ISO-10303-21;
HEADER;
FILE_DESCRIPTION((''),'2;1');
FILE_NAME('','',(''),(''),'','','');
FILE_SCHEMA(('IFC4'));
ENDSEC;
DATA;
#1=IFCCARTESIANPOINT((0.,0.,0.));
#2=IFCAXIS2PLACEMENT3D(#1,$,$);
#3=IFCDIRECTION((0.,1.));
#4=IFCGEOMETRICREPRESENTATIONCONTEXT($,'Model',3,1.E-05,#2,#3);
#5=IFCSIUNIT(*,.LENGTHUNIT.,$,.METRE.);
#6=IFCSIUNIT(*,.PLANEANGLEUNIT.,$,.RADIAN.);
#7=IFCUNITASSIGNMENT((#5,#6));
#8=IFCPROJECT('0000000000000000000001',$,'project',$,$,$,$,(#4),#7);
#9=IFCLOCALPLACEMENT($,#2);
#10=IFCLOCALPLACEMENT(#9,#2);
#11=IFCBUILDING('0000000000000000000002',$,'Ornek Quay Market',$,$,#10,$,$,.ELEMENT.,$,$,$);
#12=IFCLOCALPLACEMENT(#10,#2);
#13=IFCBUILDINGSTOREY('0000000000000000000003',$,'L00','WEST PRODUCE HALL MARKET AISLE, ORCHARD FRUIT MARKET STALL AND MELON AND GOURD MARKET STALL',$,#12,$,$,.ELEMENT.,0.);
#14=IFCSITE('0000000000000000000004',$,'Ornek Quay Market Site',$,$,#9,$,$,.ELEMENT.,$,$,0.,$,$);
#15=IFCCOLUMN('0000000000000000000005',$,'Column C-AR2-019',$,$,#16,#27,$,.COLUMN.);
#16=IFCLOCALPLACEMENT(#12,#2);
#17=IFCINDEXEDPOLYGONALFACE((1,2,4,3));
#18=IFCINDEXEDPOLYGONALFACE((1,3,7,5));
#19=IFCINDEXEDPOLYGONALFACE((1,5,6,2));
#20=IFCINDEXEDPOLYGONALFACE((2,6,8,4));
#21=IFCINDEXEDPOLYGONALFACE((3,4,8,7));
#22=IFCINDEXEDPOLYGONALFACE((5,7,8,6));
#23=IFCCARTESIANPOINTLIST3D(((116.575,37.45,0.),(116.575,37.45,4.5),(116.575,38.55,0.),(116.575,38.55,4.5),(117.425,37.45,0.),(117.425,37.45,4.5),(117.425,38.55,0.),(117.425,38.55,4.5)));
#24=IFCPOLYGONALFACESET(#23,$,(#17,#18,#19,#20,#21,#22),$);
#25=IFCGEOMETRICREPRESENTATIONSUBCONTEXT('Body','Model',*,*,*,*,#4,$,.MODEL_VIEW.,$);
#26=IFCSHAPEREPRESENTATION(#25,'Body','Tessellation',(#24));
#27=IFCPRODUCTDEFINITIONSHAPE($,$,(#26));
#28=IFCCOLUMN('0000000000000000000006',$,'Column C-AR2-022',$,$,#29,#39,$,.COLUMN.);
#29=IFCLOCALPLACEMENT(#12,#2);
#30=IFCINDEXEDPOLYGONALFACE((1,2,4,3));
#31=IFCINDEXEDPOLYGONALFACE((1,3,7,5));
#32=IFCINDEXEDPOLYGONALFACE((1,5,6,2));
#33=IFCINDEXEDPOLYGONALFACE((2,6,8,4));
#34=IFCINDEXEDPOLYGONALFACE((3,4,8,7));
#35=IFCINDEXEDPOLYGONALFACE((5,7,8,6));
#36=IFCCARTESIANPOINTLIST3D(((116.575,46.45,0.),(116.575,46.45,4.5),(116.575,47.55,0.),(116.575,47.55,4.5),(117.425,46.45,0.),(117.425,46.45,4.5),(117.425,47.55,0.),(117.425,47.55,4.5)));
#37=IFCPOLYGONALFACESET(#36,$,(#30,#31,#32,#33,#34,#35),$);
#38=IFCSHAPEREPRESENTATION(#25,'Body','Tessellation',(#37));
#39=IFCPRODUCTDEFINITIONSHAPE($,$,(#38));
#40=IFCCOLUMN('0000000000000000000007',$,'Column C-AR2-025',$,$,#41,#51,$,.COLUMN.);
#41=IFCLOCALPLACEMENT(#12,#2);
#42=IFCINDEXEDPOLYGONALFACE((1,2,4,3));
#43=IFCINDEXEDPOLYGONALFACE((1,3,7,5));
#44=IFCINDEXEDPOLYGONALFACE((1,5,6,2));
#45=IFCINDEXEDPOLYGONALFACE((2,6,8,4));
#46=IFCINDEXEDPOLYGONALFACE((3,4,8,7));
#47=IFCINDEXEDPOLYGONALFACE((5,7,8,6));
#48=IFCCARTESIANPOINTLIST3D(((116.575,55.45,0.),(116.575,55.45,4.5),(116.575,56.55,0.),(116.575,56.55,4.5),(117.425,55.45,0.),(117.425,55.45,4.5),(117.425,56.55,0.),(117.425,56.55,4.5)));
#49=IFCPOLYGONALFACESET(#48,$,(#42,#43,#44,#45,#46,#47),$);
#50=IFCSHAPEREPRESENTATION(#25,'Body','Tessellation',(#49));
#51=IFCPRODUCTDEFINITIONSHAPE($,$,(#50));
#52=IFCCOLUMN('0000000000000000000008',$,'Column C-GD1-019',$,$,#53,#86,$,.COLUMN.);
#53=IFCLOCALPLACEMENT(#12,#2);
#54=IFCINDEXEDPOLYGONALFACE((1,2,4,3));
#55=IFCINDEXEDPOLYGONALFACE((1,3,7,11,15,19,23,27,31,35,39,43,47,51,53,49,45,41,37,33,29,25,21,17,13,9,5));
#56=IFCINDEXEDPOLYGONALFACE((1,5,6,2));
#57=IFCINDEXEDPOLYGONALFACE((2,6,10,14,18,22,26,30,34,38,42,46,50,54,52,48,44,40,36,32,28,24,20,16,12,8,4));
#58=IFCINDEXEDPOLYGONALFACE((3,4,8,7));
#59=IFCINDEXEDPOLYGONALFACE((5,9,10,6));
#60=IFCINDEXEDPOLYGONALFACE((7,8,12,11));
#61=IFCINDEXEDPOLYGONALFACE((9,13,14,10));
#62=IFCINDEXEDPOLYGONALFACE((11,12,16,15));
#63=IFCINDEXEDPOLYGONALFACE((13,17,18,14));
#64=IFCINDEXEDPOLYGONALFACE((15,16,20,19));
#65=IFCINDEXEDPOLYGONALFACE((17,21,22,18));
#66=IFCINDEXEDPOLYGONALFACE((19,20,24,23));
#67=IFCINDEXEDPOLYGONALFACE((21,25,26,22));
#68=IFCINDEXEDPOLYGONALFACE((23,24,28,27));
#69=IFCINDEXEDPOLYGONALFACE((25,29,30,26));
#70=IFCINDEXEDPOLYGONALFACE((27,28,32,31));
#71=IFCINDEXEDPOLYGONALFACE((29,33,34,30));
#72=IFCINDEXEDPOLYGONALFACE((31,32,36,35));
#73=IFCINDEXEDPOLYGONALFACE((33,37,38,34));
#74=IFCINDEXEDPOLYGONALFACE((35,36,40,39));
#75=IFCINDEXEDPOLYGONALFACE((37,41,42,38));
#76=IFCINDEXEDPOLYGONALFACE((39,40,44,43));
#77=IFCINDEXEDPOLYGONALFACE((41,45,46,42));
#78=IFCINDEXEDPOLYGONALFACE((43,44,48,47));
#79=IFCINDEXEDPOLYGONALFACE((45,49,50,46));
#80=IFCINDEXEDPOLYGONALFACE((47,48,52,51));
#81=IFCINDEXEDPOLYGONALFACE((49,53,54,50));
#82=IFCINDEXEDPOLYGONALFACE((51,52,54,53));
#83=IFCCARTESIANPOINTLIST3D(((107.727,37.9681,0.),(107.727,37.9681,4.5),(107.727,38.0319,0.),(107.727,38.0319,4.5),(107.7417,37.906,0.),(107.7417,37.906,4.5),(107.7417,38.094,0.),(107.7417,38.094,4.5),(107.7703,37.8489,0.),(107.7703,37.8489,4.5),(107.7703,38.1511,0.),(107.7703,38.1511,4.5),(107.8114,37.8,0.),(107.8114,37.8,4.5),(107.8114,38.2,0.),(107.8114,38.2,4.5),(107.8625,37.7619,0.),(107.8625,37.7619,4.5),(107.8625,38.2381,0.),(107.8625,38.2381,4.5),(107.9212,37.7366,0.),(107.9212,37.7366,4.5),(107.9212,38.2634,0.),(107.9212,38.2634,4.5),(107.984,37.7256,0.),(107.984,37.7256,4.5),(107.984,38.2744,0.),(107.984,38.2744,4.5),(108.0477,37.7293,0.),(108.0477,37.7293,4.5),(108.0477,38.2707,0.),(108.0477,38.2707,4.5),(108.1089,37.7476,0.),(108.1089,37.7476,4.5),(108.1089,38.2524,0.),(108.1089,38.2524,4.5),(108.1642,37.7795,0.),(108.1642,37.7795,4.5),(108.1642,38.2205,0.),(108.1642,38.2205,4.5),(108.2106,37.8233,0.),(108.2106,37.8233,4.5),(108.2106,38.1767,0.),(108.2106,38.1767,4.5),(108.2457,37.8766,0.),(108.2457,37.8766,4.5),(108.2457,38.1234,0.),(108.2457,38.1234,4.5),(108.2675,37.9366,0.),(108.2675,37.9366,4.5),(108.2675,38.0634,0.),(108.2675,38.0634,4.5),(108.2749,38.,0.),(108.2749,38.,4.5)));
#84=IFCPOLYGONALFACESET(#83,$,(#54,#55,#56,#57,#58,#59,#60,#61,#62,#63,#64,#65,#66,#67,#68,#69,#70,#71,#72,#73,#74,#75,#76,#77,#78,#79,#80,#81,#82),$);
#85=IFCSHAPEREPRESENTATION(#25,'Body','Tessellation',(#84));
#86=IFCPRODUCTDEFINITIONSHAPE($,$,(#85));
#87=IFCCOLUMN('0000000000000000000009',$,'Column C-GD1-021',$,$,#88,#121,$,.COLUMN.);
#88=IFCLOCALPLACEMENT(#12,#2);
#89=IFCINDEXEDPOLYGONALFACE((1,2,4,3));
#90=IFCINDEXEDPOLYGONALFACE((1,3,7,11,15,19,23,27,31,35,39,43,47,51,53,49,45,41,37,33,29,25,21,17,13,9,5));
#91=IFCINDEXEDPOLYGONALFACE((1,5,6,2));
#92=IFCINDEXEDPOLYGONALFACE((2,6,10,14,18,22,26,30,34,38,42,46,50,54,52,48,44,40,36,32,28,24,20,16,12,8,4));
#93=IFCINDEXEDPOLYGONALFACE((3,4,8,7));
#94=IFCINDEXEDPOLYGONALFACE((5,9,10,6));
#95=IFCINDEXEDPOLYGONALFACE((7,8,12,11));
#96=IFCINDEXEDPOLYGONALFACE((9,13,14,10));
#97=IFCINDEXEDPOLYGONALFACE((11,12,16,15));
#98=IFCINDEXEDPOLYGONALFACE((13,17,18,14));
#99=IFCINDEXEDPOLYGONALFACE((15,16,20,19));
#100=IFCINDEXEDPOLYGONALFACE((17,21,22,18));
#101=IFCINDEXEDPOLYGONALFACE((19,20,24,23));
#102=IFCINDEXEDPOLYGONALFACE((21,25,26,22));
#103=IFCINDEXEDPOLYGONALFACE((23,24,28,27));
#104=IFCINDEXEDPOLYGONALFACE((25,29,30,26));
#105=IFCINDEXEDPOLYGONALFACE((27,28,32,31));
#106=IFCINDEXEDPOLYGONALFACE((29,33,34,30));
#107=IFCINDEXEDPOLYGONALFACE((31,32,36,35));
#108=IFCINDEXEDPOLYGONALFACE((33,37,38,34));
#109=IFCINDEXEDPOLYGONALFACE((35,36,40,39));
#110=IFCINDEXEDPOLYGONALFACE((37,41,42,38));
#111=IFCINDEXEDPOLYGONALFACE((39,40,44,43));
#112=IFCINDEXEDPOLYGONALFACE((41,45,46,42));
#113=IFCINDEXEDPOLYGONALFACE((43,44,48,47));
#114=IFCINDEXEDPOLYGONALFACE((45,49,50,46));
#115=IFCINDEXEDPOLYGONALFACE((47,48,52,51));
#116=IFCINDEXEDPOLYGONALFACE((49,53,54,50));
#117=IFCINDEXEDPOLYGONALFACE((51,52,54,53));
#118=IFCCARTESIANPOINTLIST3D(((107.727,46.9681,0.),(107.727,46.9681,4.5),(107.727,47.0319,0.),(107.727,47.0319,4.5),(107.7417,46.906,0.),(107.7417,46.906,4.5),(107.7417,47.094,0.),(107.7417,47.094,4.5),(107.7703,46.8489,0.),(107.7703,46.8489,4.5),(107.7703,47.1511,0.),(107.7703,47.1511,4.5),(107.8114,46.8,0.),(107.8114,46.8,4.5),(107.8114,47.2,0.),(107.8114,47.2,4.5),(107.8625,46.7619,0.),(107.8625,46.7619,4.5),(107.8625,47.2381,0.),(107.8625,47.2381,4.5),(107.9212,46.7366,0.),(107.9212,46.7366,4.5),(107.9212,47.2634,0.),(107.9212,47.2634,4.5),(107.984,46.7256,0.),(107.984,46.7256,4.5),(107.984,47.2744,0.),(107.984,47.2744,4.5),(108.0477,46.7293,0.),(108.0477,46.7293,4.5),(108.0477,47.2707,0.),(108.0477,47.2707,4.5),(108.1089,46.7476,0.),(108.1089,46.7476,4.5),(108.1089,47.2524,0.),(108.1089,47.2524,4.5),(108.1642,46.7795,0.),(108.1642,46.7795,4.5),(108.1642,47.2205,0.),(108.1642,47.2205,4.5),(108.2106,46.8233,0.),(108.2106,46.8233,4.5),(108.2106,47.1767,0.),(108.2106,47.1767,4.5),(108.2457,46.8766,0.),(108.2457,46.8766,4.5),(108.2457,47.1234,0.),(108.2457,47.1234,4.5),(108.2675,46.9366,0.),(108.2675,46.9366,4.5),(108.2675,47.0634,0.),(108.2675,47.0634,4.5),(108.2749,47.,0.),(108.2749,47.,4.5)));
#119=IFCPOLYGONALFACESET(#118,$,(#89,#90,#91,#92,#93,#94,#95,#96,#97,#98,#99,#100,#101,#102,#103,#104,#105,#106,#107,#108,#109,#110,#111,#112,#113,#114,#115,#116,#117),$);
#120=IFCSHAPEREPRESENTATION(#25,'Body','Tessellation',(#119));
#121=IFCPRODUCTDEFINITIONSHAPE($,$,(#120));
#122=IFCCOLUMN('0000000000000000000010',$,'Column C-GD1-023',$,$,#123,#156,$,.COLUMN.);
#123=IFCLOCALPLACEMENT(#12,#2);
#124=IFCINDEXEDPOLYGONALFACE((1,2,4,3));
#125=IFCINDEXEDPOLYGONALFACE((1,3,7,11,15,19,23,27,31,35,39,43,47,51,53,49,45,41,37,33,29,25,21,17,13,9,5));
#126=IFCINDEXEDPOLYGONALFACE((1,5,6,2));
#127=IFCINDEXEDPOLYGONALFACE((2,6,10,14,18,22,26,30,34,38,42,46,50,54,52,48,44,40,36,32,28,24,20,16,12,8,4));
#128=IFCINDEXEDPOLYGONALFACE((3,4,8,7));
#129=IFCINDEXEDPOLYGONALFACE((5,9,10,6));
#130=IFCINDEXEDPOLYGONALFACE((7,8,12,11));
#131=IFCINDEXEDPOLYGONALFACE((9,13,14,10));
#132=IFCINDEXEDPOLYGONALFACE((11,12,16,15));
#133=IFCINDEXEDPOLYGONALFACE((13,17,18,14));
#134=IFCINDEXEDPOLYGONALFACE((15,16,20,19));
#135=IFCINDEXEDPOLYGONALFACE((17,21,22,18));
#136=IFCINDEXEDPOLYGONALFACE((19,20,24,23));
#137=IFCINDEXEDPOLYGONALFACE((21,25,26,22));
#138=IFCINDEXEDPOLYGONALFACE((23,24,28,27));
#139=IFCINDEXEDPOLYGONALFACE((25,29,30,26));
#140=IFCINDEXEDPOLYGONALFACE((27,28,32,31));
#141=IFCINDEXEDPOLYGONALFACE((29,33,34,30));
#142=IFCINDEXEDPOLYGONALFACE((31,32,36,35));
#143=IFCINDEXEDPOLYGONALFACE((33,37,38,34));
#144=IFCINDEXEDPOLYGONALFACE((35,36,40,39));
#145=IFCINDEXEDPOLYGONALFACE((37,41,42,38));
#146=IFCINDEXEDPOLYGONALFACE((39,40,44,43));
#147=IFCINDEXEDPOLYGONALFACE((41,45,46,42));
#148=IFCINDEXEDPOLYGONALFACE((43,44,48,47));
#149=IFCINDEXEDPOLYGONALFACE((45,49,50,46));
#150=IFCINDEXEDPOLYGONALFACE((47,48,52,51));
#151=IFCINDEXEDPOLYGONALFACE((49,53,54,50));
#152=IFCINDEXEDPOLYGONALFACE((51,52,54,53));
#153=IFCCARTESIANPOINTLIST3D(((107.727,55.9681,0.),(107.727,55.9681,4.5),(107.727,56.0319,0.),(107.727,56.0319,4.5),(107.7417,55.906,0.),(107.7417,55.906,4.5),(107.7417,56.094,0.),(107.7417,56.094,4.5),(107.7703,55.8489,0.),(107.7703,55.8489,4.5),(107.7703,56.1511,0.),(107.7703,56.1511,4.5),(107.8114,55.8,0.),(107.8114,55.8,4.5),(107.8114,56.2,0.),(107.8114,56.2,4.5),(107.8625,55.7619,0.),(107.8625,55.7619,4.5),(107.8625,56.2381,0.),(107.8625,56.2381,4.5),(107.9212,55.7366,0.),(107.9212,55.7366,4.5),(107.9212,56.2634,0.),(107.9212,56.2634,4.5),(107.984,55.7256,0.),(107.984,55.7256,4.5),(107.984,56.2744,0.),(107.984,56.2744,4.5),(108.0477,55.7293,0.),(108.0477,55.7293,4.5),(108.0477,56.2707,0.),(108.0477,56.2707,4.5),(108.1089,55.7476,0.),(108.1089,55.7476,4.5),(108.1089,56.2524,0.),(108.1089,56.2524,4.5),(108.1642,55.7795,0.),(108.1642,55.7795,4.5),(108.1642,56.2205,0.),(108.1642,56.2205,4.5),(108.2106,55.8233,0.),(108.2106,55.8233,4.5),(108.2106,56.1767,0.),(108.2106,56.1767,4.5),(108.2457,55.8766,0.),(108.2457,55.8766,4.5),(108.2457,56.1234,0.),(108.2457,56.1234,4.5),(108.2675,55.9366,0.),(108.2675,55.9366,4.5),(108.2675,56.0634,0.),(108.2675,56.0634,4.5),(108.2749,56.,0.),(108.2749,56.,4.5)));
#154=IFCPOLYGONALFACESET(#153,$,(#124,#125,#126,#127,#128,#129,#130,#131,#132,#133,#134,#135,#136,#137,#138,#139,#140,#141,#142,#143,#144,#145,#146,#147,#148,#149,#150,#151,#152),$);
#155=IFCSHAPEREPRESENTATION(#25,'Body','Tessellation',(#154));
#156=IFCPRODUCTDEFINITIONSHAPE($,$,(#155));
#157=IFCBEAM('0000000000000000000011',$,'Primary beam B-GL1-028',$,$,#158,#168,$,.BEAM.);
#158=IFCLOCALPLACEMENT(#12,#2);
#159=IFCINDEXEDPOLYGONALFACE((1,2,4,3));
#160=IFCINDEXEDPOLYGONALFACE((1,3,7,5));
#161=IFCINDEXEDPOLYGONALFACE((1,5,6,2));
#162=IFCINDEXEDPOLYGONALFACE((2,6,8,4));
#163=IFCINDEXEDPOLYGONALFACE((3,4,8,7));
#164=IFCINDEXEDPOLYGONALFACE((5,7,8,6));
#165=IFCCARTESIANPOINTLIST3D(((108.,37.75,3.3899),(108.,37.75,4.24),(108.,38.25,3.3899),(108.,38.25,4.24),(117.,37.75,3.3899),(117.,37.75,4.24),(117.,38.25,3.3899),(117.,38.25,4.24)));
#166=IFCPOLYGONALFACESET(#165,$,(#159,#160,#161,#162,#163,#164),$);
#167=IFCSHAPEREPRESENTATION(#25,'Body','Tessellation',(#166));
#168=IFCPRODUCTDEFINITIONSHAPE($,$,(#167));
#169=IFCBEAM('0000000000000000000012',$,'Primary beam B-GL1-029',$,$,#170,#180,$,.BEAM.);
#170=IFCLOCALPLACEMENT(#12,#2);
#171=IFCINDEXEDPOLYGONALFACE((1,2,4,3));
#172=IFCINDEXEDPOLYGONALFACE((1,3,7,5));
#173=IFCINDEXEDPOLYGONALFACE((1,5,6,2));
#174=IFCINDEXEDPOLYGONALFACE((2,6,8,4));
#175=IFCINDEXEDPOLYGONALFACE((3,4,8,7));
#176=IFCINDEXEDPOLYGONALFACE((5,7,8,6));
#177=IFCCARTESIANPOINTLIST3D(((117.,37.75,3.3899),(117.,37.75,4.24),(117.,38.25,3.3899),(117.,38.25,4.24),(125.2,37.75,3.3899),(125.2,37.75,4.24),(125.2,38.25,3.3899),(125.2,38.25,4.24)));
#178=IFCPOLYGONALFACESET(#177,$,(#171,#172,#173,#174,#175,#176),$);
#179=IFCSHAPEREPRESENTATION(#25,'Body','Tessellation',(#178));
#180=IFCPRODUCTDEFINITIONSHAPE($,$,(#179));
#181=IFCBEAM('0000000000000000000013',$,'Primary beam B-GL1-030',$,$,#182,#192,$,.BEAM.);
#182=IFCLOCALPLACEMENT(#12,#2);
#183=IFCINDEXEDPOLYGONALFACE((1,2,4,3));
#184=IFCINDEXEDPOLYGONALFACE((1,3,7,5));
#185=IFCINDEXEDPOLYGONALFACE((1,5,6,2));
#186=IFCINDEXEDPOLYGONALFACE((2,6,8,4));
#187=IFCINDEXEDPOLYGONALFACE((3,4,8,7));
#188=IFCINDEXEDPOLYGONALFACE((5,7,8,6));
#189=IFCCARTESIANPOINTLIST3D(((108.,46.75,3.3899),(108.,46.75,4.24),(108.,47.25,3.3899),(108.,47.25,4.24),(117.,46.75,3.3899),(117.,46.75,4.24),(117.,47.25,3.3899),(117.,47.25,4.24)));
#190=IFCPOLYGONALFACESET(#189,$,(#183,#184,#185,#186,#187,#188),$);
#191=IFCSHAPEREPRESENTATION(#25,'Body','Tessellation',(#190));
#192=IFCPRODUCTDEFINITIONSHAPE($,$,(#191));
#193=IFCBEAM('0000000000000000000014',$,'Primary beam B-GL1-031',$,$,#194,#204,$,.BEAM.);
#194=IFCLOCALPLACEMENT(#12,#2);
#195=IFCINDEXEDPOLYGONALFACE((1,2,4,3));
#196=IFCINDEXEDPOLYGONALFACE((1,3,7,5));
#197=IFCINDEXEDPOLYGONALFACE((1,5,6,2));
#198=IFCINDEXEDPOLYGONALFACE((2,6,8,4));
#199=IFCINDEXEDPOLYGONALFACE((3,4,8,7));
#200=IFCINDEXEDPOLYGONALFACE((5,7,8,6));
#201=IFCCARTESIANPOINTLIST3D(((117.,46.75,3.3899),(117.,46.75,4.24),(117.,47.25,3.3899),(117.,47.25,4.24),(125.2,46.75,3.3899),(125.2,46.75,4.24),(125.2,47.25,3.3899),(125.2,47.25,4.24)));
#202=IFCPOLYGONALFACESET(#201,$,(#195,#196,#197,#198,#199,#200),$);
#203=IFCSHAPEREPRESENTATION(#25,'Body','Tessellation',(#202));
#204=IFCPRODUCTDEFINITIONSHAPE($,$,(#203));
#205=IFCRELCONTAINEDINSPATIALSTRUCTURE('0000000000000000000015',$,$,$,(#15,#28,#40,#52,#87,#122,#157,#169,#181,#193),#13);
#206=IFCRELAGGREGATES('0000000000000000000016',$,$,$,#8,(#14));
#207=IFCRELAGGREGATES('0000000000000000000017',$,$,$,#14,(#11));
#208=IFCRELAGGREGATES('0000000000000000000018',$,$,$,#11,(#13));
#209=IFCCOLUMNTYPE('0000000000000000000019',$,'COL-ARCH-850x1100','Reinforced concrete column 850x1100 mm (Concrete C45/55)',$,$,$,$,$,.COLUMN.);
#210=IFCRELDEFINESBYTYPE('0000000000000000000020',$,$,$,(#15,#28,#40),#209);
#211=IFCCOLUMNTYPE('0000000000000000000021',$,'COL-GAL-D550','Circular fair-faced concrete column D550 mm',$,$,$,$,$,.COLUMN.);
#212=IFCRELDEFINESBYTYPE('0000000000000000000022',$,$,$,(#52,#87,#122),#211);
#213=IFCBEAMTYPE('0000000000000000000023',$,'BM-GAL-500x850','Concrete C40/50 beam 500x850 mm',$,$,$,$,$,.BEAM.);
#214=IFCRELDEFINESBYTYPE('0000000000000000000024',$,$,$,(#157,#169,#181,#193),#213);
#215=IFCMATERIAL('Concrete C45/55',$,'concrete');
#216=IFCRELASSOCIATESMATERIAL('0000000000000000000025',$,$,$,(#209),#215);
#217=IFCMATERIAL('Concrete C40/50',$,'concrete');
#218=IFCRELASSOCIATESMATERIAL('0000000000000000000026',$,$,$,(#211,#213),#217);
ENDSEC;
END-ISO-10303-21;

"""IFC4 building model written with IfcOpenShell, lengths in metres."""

from ifc_helpers import new_model, si_unit, direction, frame, origin, origin_2d, place, context, subcontext, project, spatial, rectangle, circle, extrude, material, material_profile, profile_set, type_object, element, save


model = new_model("IFC4")

# Units and contexts
model_context = context("Model", 3, precision=1e-05, world=origin(), true_north=direction((0.0, 1.0)))
body_context = subcontext(model_context, "Body", "Model", "MODEL_VIEW")
ifc_project = project(units=[si_unit("LENGTHUNIT", "METRE"), si_unit("PLANEANGLEUNIT", "RADIAN")], contexts=[model_context])

# Site, building, storey
site_placement = place(None, origin())
site = spatial("IfcSite", under=ifc_project, at=site_placement, Name="Ornek Quay Market Site", CompositionType="ELEMENT", RefElevation=0.0)
building_placement = place(site_placement, origin())
building = spatial("IfcBuilding", under=site, at=building_placement, Name="Ornek Quay Market", CompositionType="ELEMENT")
storey_placement = place(building_placement, origin())
storey = spatial("IfcBuildingStorey", under=building, at=storey_placement, Name="L00", Description="WEST PRODUCE HALL MARKET AISLE, ORCHARD FRUIT MARKET STALL AND MELON AND GOURD MARKET STALL", CompositionType="ELEMENT", Elevation=0.0)

# Columns
ifc_material_1 = material(Name="Concrete C45/55", Category="concrete")
ifc_material_profile_1 = material_profile(ifc_material_1, rectangle(XDim=0.8501, YDim=1.1001, at=origin_2d()), Name="RC 850x1100", Category="concrete")
ifc_profile_set_1 = profile_set([ifc_material_profile_1], Name="Concrete C45/55")
column_type_1 = type_object("IfcColumnType", Name="COL-ARCH-850x1100", Description="Reinforced concrete column 850x1100 mm (Concrete C45/55)", PredefinedType="COLUMN", material=ifc_profile_set_1)
for number, where, z_axis, x_axis, name in (
    (1, (117.0, 38.0, 0.0), (0.0, 0.0, 1.0), (1.0, 0.0, 0.0), "Column C-AR2-019"),
    (2, (117.0, 47.0, 0.0), (0.0, 0.0, 1.0), (1.0, 0.0, 0.0), "Column C-AR2-022"),
    (3, (117.0, 56.0, 0.0), (0.0, 0.0, 1.0), (1.0, 0.0, 0.0), "Column C-AR2-025"),
):
    element("IfcColumn", number, at=place(storey_placement, frame(where, z_axis=z_axis, x_axis=x_axis)), inside=storey, type_object=column_type_1, Name=name, PredefinedType="COLUMN", context=body_context, shape_type="SweptSolid", body=[
        extrude(rectangle(XDim=0.8501, YDim=1.1001, at=origin_2d()), origin(), (0.0, 0.0, 1.0), 4.5),
    ])
ifc_material_2 = material(Name="Concrete C40/50", Category="concrete")
ifc_material_profile_2 = material_profile(ifc_material_2, circle(Radius=0.2749, at=origin_2d()), Name="RC D550", Category="concrete")
ifc_profile_set_2 = profile_set([ifc_material_profile_2], Name="Concrete C40/50")
column_type_2 = type_object("IfcColumnType", Name="COL-GAL-D550", Description="Circular fair-faced concrete column D550 mm", PredefinedType="COLUMN", material=ifc_profile_set_2)
for number, where, z_axis, x_axis, name in (
    (4, (108.0, 38.0, 0.0), (0.0, 0.0, 1.0), (1.0, 0.0, 0.0), "Column C-GD1-019"),
    (5, (108.0, 47.0, 0.0), (0.0, 0.0, 1.0), (1.0, 0.0, 0.0), "Column C-GD1-021"),
    (6, (108.0, 56.0, 0.0), (0.0, 0.0, 1.0), (1.0, 0.0, 0.0), "Column C-GD1-023"),
):
    element("IfcColumn", number, at=place(storey_placement, frame(where, z_axis=z_axis, x_axis=x_axis)), inside=storey, type_object=column_type_2, Name=name, PredefinedType="COLUMN", context=body_context, shape_type="SweptSolid", body=[
        extrude(circle(Radius=0.2749, at=origin_2d()), origin(), (0.0, 0.0, 1.0), 4.5),
    ])

# Beams
ifc_material_profile_3 = material_profile(ifc_material_2, rectangle(XDim=0.5, YDim=0.8501, at=origin_2d()), Name="RC 500x850", Category="concrete")
ifc_profile_set_3 = profile_set([ifc_material_profile_3], Name="Concrete C40/50")
beam_type_1 = type_object("IfcBeamType", Name="BM-GAL-500x850", Description="Concrete C40/50 beam 500x850 mm", PredefinedType="BEAM", material=ifc_profile_set_3)
beam_1_placement = place(storey_placement, frame((108.0, 38.0, 3.8149), z_axis=(1.0, 0.0, 0.0), x_axis=(0.0, 1.0, 0.0)))
element("IfcBeam", 7, at=beam_1_placement, inside=storey, type_object=beam_type_1, Name="Primary beam B-GL1-028", PredefinedType="BEAM", context=body_context, shape_type="SweptSolid", body=[
    extrude(rectangle(XDim=0.5, YDim=0.8501, at=origin_2d()), origin(), (0.0, 0.0, 1.0), 9.0),
])
beam_2_placement = place(storey_placement, frame((117.0, 38.0, 3.8149), z_axis=(1.0, 0.0, 0.0), x_axis=(0.0, 1.0, 0.0)))
element("IfcBeam", 8, at=beam_2_placement, inside=storey, type_object=beam_type_1, Name="Primary beam B-GL1-029", PredefinedType="BEAM", context=body_context, shape_type="SweptSolid", body=[
    extrude(rectangle(XDim=0.5, YDim=0.8501, at=origin_2d()), origin(), (0.0, 0.0, 1.0), 8.2),
])
beam_3_placement = place(storey_placement, frame((108.0, 47.0, 3.8149), z_axis=(1.0, 0.0, 0.0), x_axis=(0.0, 1.0, 0.0)))
element("IfcBeam", 9, at=beam_3_placement, inside=storey, type_object=beam_type_1, Name="Primary beam B-GL1-030", PredefinedType="BEAM", context=body_context, shape_type="SweptSolid", body=[
    extrude(rectangle(XDim=0.5, YDim=0.8501, at=origin_2d()), origin(), (0.0, 0.0, 1.0), 9.0),
])
beam_4_placement = place(storey_placement, frame((117.0, 47.0, 3.8149), z_axis=(1.0, 0.0, 0.0), x_axis=(0.0, 1.0, 0.0)))
element("IfcBeam", 10, at=beam_4_placement, inside=storey, type_object=beam_type_1, Name="Primary beam B-GL1-031", PredefinedType="BEAM", context=body_context, shape_type="SweptSolid", body=[
    extrude(rectangle(XDim=0.5, YDim=0.8501, at=origin_2d()), origin(), (0.0, 0.0, 1.0), 8.2),
])

save(model, "model.ifc")
